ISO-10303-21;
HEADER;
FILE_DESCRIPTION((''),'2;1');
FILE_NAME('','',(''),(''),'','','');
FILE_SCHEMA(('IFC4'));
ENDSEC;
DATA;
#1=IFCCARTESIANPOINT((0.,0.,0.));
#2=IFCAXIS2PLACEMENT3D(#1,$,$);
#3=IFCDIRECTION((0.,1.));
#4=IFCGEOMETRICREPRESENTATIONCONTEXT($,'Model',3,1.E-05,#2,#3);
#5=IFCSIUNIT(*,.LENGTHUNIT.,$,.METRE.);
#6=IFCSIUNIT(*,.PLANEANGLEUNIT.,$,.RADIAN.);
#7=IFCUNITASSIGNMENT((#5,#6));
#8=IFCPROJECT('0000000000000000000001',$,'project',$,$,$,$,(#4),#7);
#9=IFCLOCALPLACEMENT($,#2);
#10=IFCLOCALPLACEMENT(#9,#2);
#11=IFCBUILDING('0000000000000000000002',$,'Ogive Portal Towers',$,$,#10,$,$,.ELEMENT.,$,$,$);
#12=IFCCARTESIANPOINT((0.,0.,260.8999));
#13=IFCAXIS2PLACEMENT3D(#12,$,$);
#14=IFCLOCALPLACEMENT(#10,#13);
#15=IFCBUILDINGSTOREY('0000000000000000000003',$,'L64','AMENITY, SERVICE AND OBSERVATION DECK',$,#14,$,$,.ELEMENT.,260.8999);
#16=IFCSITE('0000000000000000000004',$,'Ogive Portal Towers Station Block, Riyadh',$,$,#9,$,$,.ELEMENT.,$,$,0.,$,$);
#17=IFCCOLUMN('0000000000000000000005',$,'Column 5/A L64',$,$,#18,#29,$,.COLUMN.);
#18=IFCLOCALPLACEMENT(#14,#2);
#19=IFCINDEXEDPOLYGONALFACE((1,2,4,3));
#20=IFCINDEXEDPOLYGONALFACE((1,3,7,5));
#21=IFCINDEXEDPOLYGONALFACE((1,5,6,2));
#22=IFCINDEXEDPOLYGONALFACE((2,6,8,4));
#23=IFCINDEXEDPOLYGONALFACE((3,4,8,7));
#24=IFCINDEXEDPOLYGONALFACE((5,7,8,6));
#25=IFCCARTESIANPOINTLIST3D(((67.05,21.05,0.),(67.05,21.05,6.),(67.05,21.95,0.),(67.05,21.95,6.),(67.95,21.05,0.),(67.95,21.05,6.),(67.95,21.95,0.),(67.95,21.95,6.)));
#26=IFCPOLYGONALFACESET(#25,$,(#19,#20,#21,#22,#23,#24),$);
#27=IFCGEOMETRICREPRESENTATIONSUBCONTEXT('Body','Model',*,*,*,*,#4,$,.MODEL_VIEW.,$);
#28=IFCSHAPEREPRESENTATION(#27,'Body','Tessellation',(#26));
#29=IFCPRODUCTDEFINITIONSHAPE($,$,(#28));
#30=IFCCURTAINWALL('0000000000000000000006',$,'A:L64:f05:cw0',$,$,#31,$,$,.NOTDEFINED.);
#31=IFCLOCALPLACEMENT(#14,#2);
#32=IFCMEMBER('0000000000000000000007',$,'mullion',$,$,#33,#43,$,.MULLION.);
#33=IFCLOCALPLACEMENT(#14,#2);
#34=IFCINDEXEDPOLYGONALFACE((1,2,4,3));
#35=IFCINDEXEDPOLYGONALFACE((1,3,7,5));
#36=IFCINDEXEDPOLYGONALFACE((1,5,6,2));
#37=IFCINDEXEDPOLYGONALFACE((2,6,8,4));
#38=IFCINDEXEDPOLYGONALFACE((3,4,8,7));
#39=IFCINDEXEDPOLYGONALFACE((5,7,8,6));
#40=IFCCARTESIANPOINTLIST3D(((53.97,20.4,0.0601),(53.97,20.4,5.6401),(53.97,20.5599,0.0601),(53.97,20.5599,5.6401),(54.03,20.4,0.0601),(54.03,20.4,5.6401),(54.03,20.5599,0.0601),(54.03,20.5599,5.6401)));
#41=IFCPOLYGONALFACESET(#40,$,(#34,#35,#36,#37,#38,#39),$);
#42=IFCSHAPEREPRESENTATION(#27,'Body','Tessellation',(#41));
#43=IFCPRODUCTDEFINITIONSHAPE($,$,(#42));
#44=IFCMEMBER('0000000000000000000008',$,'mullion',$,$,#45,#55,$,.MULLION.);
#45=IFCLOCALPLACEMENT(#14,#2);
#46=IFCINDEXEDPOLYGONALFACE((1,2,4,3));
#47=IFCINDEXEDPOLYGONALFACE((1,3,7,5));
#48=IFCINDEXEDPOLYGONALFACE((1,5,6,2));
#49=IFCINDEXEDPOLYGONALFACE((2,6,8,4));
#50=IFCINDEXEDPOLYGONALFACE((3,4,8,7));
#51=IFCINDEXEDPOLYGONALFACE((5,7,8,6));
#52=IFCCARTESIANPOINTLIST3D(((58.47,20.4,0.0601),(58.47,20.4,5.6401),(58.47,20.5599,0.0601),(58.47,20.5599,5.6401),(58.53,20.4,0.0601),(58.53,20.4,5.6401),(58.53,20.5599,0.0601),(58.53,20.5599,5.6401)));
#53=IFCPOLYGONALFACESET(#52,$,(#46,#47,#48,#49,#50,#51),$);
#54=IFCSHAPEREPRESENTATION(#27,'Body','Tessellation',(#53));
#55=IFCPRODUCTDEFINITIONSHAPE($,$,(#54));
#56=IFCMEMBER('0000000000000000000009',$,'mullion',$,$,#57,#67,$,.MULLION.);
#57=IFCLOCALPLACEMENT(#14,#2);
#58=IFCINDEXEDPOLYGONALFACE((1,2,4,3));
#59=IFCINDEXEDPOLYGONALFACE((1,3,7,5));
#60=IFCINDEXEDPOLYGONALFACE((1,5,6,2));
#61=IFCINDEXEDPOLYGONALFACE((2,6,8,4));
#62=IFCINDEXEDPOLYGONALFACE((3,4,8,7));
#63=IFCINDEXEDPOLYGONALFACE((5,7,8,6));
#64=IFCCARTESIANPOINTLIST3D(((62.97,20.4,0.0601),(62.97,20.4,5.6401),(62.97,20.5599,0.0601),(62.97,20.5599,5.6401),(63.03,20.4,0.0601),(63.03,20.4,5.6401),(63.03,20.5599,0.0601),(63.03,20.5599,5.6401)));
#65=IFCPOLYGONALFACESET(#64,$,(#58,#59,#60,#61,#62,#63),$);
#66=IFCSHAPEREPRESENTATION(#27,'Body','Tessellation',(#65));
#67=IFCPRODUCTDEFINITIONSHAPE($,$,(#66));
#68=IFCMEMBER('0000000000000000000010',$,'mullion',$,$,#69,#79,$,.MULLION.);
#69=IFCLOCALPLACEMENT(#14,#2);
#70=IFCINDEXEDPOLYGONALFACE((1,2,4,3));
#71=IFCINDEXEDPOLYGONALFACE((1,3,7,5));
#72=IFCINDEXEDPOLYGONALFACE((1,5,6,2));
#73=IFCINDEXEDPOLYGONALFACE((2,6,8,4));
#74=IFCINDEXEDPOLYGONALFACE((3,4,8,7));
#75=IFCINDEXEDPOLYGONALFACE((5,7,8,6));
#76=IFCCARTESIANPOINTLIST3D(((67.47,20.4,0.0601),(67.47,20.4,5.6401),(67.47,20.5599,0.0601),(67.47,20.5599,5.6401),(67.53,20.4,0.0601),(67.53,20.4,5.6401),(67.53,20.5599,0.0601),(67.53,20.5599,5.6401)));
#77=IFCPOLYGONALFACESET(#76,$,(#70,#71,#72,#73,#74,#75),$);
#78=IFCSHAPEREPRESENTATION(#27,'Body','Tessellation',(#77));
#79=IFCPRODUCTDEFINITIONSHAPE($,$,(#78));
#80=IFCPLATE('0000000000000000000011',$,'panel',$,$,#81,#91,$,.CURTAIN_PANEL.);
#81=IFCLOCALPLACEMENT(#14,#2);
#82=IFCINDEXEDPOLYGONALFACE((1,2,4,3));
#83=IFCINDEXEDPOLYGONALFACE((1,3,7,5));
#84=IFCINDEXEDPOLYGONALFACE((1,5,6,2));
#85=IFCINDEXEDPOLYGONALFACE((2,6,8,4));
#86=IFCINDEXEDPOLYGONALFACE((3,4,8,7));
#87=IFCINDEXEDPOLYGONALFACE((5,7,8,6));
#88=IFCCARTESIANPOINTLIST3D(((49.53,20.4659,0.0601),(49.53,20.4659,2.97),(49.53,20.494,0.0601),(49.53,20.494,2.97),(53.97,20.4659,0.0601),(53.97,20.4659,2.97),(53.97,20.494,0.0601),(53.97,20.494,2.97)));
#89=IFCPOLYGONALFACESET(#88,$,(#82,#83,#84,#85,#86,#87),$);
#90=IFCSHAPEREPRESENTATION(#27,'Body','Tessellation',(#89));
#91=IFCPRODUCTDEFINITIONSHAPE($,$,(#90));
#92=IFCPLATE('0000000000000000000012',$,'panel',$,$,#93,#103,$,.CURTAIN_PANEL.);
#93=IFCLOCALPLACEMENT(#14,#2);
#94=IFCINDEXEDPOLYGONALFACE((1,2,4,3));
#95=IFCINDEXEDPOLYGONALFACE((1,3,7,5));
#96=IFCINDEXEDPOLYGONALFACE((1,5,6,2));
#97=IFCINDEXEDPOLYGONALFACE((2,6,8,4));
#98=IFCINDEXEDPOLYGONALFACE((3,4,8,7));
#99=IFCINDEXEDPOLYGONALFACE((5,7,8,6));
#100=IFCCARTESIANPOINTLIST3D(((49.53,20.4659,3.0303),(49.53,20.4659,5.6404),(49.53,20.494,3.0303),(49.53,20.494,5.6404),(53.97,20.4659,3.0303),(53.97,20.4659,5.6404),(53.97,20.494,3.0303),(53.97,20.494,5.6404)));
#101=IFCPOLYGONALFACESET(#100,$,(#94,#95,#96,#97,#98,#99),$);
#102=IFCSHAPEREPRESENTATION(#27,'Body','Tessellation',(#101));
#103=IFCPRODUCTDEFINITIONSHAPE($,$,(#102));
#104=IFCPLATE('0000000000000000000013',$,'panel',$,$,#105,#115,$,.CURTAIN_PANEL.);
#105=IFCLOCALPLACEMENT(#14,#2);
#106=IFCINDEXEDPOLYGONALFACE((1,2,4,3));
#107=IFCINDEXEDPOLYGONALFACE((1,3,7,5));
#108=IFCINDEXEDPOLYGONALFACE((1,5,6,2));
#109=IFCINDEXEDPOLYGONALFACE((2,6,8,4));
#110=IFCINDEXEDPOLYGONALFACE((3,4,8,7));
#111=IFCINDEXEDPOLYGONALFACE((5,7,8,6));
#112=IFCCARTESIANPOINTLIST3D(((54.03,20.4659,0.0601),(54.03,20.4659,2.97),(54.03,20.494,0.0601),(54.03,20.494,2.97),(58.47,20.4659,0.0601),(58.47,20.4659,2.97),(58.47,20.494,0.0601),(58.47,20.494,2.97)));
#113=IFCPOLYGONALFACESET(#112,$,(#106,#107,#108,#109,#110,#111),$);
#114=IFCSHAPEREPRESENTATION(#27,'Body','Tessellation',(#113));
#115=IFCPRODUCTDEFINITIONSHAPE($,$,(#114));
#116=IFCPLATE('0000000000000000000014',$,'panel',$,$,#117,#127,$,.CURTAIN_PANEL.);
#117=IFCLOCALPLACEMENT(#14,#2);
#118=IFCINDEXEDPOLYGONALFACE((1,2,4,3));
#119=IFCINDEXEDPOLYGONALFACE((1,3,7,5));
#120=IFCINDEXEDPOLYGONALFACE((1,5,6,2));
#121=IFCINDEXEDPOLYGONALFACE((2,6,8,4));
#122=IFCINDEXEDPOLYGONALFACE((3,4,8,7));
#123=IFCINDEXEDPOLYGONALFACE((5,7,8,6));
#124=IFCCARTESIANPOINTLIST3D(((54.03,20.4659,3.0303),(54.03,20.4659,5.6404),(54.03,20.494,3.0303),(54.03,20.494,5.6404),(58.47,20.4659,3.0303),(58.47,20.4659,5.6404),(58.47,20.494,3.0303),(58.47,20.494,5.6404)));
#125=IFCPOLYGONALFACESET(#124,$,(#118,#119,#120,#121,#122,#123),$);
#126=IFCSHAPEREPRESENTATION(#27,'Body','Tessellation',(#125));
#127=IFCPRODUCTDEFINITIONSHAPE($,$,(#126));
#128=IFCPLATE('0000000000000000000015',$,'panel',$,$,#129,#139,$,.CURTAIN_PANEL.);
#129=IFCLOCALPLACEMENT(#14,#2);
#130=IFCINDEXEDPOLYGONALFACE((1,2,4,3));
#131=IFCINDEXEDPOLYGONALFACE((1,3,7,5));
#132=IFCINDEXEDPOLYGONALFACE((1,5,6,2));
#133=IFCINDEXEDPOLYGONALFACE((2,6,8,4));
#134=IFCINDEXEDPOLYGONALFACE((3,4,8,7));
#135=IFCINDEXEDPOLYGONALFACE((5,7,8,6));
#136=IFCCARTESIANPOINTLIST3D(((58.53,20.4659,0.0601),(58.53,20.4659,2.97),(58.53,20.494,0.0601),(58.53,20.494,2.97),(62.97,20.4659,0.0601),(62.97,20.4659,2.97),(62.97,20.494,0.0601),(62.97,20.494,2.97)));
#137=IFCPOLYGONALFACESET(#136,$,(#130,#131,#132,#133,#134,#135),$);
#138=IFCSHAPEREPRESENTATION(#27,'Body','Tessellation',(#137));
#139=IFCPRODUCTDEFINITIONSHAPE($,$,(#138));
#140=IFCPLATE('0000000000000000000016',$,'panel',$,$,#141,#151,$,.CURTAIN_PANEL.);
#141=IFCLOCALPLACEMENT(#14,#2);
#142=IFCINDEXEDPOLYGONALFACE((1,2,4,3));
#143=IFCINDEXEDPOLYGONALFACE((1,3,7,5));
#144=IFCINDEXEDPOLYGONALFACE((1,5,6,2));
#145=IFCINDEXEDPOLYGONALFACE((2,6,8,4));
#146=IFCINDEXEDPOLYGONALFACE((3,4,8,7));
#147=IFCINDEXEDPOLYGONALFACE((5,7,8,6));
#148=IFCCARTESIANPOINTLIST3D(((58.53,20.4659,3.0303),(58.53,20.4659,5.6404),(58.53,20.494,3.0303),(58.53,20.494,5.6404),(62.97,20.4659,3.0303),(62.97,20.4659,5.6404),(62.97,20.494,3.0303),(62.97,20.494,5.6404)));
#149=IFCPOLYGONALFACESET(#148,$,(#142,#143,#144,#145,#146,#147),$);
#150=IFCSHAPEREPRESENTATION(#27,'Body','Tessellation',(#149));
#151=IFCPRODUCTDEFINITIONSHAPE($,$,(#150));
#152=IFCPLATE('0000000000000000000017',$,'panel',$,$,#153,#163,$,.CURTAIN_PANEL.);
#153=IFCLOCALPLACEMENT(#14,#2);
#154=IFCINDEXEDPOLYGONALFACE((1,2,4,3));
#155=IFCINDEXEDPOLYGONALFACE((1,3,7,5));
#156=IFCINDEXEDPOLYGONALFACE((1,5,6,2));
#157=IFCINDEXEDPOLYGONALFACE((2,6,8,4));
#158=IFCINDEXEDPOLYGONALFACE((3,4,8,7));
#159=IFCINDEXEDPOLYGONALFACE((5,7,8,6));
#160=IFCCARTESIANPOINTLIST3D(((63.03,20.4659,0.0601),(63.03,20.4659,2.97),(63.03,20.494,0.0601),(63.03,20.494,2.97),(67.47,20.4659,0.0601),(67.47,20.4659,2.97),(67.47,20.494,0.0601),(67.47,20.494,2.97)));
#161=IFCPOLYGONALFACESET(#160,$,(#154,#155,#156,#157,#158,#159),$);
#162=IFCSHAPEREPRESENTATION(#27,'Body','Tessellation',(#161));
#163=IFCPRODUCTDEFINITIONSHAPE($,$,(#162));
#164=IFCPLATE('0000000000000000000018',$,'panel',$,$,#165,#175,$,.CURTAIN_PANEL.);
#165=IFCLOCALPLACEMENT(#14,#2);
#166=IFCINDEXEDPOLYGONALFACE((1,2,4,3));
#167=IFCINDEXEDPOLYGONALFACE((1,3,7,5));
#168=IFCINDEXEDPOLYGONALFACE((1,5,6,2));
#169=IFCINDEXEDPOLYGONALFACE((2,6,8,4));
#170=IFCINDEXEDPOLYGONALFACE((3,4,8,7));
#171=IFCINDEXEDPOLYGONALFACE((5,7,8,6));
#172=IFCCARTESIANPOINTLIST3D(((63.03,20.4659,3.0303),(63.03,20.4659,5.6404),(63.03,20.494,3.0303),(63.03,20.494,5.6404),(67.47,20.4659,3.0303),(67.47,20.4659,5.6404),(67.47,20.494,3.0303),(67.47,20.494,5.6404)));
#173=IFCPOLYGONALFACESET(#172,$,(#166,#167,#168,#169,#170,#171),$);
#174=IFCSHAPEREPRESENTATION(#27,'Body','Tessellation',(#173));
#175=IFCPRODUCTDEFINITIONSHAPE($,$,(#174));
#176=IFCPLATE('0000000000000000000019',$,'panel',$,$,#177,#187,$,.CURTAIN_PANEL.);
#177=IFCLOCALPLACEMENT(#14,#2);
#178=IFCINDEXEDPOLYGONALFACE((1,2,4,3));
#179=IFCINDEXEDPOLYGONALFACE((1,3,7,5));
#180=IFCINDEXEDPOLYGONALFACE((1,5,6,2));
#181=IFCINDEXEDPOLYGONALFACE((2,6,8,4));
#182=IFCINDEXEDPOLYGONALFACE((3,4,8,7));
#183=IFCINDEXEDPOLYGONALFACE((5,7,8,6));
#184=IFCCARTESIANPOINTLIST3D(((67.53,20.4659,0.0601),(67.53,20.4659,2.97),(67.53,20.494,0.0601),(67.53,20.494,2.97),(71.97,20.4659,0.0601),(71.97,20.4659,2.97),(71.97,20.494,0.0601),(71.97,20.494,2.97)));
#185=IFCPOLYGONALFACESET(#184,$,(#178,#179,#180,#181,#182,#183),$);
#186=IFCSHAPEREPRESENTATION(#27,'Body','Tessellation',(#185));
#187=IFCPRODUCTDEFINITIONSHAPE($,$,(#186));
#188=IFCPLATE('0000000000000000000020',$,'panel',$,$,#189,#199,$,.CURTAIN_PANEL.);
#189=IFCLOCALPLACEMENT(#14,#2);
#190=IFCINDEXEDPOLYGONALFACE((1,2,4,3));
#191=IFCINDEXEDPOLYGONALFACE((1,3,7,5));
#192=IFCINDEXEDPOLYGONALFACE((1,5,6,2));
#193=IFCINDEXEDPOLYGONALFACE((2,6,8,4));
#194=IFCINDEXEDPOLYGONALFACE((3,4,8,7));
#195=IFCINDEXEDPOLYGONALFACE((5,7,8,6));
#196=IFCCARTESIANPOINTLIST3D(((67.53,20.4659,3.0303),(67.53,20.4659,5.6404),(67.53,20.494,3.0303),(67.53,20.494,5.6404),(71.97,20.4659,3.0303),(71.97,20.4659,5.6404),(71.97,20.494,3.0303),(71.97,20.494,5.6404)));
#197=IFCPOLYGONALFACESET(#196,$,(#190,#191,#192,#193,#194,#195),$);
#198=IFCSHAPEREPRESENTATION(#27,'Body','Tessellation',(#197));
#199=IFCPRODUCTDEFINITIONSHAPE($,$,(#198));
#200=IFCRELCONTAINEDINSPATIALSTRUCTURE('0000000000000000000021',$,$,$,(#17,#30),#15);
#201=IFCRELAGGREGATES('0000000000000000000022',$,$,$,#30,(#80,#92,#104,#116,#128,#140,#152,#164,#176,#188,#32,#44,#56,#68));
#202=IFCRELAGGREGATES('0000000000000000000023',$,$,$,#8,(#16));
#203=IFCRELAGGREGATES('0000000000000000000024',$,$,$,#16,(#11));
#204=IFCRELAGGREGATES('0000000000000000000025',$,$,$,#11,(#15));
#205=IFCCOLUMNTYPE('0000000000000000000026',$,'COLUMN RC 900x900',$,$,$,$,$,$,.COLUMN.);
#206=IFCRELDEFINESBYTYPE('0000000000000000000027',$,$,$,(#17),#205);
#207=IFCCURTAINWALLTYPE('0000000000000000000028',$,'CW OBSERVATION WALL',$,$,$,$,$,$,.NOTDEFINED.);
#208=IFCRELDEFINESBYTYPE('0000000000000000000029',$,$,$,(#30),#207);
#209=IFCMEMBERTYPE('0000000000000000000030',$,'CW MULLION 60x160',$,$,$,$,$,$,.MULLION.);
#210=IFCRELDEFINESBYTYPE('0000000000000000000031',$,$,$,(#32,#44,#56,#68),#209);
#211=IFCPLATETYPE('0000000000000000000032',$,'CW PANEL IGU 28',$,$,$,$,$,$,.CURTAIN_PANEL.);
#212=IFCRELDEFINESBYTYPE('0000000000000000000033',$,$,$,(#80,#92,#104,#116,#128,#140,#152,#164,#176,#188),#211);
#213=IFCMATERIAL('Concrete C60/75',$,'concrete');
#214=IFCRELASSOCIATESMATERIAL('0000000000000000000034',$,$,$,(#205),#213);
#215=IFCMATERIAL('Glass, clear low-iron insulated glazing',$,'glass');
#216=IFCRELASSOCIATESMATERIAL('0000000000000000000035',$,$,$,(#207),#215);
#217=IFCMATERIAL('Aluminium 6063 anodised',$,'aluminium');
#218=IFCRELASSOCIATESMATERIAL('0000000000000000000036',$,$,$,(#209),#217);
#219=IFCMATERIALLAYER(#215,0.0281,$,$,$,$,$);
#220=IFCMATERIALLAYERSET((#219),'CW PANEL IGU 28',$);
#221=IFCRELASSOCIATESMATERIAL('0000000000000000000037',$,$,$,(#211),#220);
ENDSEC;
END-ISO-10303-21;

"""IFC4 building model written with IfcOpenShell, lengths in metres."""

from ifc_helpers import new_model, si_unit, direction, frame, origin, origin_2d, place, context, subcontext, project, spatial, rectangle, extrude, material, layer, layer_set, material_profile, profile_set, type_object, element, aggregate, save


model = new_model("IFC4")

# Units and contexts
model_context = context("Model", 3, precision=1e-05, world=origin(), true_north=direction((0.0, 1.0)))
body_context = subcontext(model_context, "Body", "Model", "MODEL_VIEW")
ifc_project = project(units=[si_unit("LENGTHUNIT", "METRE"), si_unit("PLANEANGLEUNIT", "RADIAN")], contexts=[model_context])

# Site, building, storey
site_placement = place(None, origin())
site = spatial("IfcSite", under=ifc_project, at=site_placement, Name="Ogive Portal Towers Station Block, Riyadh", CompositionType="ELEMENT", RefElevation=0.0)
building_placement = place(site_placement, origin())
building = spatial("IfcBuilding", under=site, at=building_placement, Name="Ogive Portal Towers", CompositionType="ELEMENT")
storey_placement = place(building_placement, frame((0.0, 0.0, 260.8999)))
storey = spatial("IfcBuildingStorey", under=building, at=storey_placement, Name="L64", Description="AMENITY, SERVICE AND OBSERVATION DECK", CompositionType="ELEMENT", Elevation=260.8999)

# Column
ifc_material_1 = material(Name="Concrete C60/75", Category="concrete")
ifc_material_profile_1 = material_profile(ifc_material_1, rectangle(XDim=0.8999, YDim=0.8999, at=origin_2d()), Name="RC 900x900")
ifc_profile_set_1 = profile_set([ifc_material_profile_1], Name="Concrete C60/75")
column_type = type_object("IfcColumnType", Name="COLUMN RC 900x900", PredefinedType="COLUMN", material=ifc_profile_set_1)
column_placement = place(storey_placement, frame((67.5, 21.5, 0.0), z_axis=(0.0, 0.0, 1.0), x_axis=(1.0, 0.0, 0.0)))
element("IfcColumn", 1, at=column_placement, inside=storey, type_object=column_type, Name="Column 5/A L64", PredefinedType="COLUMN", context=body_context, shape_type="SweptSolid", body=[
    extrude(rectangle(XDim=0.8999, YDim=0.8999, at=origin_2d()), origin(), (0.0, 0.0, 1.0), 6.0),
])

# Curtain wall, members, plates
ifc_material_2 = material(Name="Glass, clear low-iron insulated glazing", Category="glass")
curtain_wall_type = type_object("IfcCurtainWallType", Name="CW OBSERVATION WALL", PredefinedType="NOTDEFINED", material=ifc_material_2)
curtain_wall_placement = place(storey_placement, origin())
curtain_wall = element("IfcCurtainWall", 2, at=curtain_wall_placement, inside=storey, type_object=curtain_wall_type, Name="A:L64:f05:cw0", PredefinedType="NOTDEFINED")
ifc_material_3 = material(Name="Aluminium 6063 anodised", Category="aluminium")
ifc_material_profile_2 = material_profile(ifc_material_3, rectangle(XDim=0.1599, YDim=0.0601, at=origin_2d()), Name="AL 60x160")
ifc_profile_set_2 = profile_set([ifc_material_profile_2], Name="Aluminium 6063 anodised")
member_type = type_object("IfcMemberType", Name="CW MULLION 60x160", PredefinedType="MULLION", material=ifc_profile_set_2)
member_1_placement = place(storey_placement, frame((54.0, 20.48, 0.0601), z_axis=(0.0, 0.0, 1.0), x_axis=(0.0, 1.0, 0.0)))
member_1 = element("IfcMember", 3, at=member_1_placement, type_object=member_type, Name="mullion", PredefinedType="MULLION", context=body_context, shape_type="SweptSolid", body=[
    extrude(rectangle(XDim=0.1599, YDim=0.0601, at=origin_2d()), origin(), (0.0, 0.0, 1.0), 5.5801),
])
member_2_placement = place(storey_placement, frame((58.5, 20.48, 0.0601), z_axis=(0.0, 0.0, 1.0), x_axis=(0.0, 1.0, 0.0)))
member_2 = element("IfcMember", 4, at=member_2_placement, type_object=member_type, Name="mullion", PredefinedType="MULLION", context=body_context, shape_type="SweptSolid", body=[
    extrude(rectangle(XDim=0.1599, YDim=0.0601, at=origin_2d()), origin(), (0.0, 0.0, 1.0), 5.5801),
])
member_3_placement = place(storey_placement, frame((63.0, 20.48, 0.0601), z_axis=(0.0, 0.0, 1.0), x_axis=(0.0, 1.0, 0.0)))
member_3 = element("IfcMember", 5, at=member_3_placement, type_object=member_type, Name="mullion", PredefinedType="MULLION", context=body_context, shape_type="SweptSolid", body=[
    extrude(rectangle(XDim=0.1599, YDim=0.0601, at=origin_2d()), origin(), (0.0, 0.0, 1.0), 5.5801),
])
member_4_placement = place(storey_placement, frame((67.5, 20.48, 0.0601), z_axis=(0.0, 0.0, 1.0), x_axis=(0.0, 1.0, 0.0)))
member_4 = element("IfcMember", 6, at=member_4_placement, type_object=member_type, Name="mullion", PredefinedType="MULLION", context=body_context, shape_type="SweptSolid", body=[
    extrude(rectangle(XDim=0.1599, YDim=0.0601, at=origin_2d()), origin(), (0.0, 0.0, 1.0), 5.5801),
])
ifc_layer_1 = layer(ifc_material_2, 0.0281)
ifc_layer_set_1 = layer_set([ifc_layer_1], Name="CW PANEL IGU 28")
plate_type = type_object("IfcPlateType", Name="CW PANEL IGU 28", PredefinedType="CURTAIN_PANEL", material=ifc_layer_set_1)
plate_1_placement = place(storey_placement, frame((51.75, 20.48, 0.0601), z_axis=(0.0, 0.0, 1.0), x_axis=(1.0, 0.0, 0.0)))
plate_1 = element("IfcPlate", 7, at=plate_1_placement, type_object=plate_type, Name="panel", PredefinedType="CURTAIN_PANEL", context=body_context, shape_type="SweptSolid", body=[
    extrude(rectangle(XDim=4.4399, YDim=0.0281, at=origin_2d()), origin(), (0.0, 0.0, 1.0), 2.9099),
])
plate_2_placement = place(storey_placement, frame((51.75, 20.48, 3.0303), z_axis=(0.0, 0.0, 1.0), x_axis=(1.0, 0.0, 0.0)))
plate_2 = element("IfcPlate", 8, at=plate_2_placement, type_object=plate_type, Name="panel", PredefinedType="CURTAIN_PANEL", context=body_context, shape_type="SweptSolid", body=[
    extrude(rectangle(XDim=4.4399, YDim=0.0281, at=origin_2d()), origin(), (0.0, 0.0, 1.0), 2.6101),
])
plate_3_placement = place(storey_placement, frame((56.25, 20.48, 0.0601), z_axis=(0.0, 0.0, 1.0), x_axis=(1.0, 0.0, 0.0)))
plate_3 = element("IfcPlate", 9, at=plate_3_placement, type_object=plate_type, Name="panel", PredefinedType="CURTAIN_PANEL", context=body_context, shape_type="SweptSolid", body=[
    extrude(rectangle(XDim=4.4399, YDim=0.0281, at=origin_2d()), origin(), (0.0, 0.0, 1.0), 2.9099),
])
plate_4_placement = place(storey_placement, frame((56.25, 20.48, 3.0303), z_axis=(0.0, 0.0, 1.0), x_axis=(1.0, 0.0, 0.0)))
plate_4 = element("IfcPlate", 10, at=plate_4_placement, type_object=plate_type, Name="panel", PredefinedType="CURTAIN_PANEL", context=body_context, shape_type="SweptSolid", body=[
    extrude(rectangle(XDim=4.4399, YDim=0.0281, at=origin_2d()), origin(), (0.0, 0.0, 1.0), 2.6101),
])
plate_5_placement = place(storey_placement, frame((60.75, 20.48, 0.0601), z_axis=(0.0, 0.0, 1.0), x_axis=(1.0, 0.0, 0.0)))
plate_5 = element("IfcPlate", 11, at=plate_5_placement, type_object=plate_type, Name="panel", PredefinedType="CURTAIN_PANEL", context=body_context, shape_type="SweptSolid", body=[
    extrude(rectangle(XDim=4.4399, YDim=0.0281, at=origin_2d()), origin(), (0.0, 0.0, 1.0), 2.9099),
])
plate_6_placement = place(storey_placement, frame((60.75, 20.48, 3.0303), z_axis=(0.0, 0.0, 1.0), x_axis=(1.0, 0.0, 0.0)))
plate_6 = element("IfcPlate", 12, at=plate_6_placement, type_object=plate_type, Name="panel", PredefinedType="CURTAIN_PANEL", context=body_context, shape_type="SweptSolid", body=[
    extrude(rectangle(XDim=4.4399, YDim=0.0281, at=origin_2d()), origin(), (0.0, 0.0, 1.0), 2.6101),
])
plate_7_placement = place(storey_placement, frame((65.25, 20.48, 0.0601), z_axis=(0.0, 0.0, 1.0), x_axis=(1.0, 0.0, 0.0)))
plate_7 = element("IfcPlate", 13, at=plate_7_placement, type_object=plate_type, Name="panel", PredefinedType="CURTAIN_PANEL", context=body_context, shape_type="SweptSolid", body=[
    extrude(rectangle(XDim=4.4399, YDim=0.0281, at=origin_2d()), origin(), (0.0, 0.0, 1.0), 2.9099),
])
plate_8_placement = place(storey_placement, frame((65.25, 20.48, 3.0303), z_axis=(0.0, 0.0, 1.0), x_axis=(1.0, 0.0, 0.0)))
plate_8 = element("IfcPlate", 14, at=plate_8_placement, type_object=plate_type, Name="panel", PredefinedType="CURTAIN_PANEL", context=body_context, shape_type="SweptSolid", body=[
    extrude(rectangle(XDim=4.4399, YDim=0.0281, at=origin_2d()), origin(), (0.0, 0.0, 1.0), 2.6101),
])
plate_9_placement = place(storey_placement, frame((69.75, 20.48, 0.0601), z_axis=(0.0, 0.0, 1.0), x_axis=(1.0, 0.0, 0.0)))
plate_9 = element("IfcPlate", 15, at=plate_9_placement, type_object=plate_type, Name="panel", PredefinedType="CURTAIN_PANEL", context=body_context, shape_type="SweptSolid", body=[
    extrude(rectangle(XDim=4.4399, YDim=0.0281, at=origin_2d()), origin(), (0.0, 0.0, 1.0), 2.9099),
])
plate_10_placement = place(storey_placement, frame((69.75, 20.48, 3.0303), z_axis=(0.0, 0.0, 1.0), x_axis=(1.0, 0.0, 0.0)))
plate_10 = element("IfcPlate", 16, at=plate_10_placement, type_object=plate_type, Name="panel", PredefinedType="CURTAIN_PANEL", context=body_context, shape_type="SweptSolid", body=[
    extrude(rectangle(XDim=4.4399, YDim=0.0281, at=origin_2d()), origin(), (0.0, 0.0, 1.0), 2.6101),
])
aggregate(curtain_wall, [plate_1, plate_2, plate_3, plate_4, plate_5, plate_6, plate_7, plate_8, plate_9, plate_10, member_1, member_2, member_3, member_4])

save(model, "model.ifc")
